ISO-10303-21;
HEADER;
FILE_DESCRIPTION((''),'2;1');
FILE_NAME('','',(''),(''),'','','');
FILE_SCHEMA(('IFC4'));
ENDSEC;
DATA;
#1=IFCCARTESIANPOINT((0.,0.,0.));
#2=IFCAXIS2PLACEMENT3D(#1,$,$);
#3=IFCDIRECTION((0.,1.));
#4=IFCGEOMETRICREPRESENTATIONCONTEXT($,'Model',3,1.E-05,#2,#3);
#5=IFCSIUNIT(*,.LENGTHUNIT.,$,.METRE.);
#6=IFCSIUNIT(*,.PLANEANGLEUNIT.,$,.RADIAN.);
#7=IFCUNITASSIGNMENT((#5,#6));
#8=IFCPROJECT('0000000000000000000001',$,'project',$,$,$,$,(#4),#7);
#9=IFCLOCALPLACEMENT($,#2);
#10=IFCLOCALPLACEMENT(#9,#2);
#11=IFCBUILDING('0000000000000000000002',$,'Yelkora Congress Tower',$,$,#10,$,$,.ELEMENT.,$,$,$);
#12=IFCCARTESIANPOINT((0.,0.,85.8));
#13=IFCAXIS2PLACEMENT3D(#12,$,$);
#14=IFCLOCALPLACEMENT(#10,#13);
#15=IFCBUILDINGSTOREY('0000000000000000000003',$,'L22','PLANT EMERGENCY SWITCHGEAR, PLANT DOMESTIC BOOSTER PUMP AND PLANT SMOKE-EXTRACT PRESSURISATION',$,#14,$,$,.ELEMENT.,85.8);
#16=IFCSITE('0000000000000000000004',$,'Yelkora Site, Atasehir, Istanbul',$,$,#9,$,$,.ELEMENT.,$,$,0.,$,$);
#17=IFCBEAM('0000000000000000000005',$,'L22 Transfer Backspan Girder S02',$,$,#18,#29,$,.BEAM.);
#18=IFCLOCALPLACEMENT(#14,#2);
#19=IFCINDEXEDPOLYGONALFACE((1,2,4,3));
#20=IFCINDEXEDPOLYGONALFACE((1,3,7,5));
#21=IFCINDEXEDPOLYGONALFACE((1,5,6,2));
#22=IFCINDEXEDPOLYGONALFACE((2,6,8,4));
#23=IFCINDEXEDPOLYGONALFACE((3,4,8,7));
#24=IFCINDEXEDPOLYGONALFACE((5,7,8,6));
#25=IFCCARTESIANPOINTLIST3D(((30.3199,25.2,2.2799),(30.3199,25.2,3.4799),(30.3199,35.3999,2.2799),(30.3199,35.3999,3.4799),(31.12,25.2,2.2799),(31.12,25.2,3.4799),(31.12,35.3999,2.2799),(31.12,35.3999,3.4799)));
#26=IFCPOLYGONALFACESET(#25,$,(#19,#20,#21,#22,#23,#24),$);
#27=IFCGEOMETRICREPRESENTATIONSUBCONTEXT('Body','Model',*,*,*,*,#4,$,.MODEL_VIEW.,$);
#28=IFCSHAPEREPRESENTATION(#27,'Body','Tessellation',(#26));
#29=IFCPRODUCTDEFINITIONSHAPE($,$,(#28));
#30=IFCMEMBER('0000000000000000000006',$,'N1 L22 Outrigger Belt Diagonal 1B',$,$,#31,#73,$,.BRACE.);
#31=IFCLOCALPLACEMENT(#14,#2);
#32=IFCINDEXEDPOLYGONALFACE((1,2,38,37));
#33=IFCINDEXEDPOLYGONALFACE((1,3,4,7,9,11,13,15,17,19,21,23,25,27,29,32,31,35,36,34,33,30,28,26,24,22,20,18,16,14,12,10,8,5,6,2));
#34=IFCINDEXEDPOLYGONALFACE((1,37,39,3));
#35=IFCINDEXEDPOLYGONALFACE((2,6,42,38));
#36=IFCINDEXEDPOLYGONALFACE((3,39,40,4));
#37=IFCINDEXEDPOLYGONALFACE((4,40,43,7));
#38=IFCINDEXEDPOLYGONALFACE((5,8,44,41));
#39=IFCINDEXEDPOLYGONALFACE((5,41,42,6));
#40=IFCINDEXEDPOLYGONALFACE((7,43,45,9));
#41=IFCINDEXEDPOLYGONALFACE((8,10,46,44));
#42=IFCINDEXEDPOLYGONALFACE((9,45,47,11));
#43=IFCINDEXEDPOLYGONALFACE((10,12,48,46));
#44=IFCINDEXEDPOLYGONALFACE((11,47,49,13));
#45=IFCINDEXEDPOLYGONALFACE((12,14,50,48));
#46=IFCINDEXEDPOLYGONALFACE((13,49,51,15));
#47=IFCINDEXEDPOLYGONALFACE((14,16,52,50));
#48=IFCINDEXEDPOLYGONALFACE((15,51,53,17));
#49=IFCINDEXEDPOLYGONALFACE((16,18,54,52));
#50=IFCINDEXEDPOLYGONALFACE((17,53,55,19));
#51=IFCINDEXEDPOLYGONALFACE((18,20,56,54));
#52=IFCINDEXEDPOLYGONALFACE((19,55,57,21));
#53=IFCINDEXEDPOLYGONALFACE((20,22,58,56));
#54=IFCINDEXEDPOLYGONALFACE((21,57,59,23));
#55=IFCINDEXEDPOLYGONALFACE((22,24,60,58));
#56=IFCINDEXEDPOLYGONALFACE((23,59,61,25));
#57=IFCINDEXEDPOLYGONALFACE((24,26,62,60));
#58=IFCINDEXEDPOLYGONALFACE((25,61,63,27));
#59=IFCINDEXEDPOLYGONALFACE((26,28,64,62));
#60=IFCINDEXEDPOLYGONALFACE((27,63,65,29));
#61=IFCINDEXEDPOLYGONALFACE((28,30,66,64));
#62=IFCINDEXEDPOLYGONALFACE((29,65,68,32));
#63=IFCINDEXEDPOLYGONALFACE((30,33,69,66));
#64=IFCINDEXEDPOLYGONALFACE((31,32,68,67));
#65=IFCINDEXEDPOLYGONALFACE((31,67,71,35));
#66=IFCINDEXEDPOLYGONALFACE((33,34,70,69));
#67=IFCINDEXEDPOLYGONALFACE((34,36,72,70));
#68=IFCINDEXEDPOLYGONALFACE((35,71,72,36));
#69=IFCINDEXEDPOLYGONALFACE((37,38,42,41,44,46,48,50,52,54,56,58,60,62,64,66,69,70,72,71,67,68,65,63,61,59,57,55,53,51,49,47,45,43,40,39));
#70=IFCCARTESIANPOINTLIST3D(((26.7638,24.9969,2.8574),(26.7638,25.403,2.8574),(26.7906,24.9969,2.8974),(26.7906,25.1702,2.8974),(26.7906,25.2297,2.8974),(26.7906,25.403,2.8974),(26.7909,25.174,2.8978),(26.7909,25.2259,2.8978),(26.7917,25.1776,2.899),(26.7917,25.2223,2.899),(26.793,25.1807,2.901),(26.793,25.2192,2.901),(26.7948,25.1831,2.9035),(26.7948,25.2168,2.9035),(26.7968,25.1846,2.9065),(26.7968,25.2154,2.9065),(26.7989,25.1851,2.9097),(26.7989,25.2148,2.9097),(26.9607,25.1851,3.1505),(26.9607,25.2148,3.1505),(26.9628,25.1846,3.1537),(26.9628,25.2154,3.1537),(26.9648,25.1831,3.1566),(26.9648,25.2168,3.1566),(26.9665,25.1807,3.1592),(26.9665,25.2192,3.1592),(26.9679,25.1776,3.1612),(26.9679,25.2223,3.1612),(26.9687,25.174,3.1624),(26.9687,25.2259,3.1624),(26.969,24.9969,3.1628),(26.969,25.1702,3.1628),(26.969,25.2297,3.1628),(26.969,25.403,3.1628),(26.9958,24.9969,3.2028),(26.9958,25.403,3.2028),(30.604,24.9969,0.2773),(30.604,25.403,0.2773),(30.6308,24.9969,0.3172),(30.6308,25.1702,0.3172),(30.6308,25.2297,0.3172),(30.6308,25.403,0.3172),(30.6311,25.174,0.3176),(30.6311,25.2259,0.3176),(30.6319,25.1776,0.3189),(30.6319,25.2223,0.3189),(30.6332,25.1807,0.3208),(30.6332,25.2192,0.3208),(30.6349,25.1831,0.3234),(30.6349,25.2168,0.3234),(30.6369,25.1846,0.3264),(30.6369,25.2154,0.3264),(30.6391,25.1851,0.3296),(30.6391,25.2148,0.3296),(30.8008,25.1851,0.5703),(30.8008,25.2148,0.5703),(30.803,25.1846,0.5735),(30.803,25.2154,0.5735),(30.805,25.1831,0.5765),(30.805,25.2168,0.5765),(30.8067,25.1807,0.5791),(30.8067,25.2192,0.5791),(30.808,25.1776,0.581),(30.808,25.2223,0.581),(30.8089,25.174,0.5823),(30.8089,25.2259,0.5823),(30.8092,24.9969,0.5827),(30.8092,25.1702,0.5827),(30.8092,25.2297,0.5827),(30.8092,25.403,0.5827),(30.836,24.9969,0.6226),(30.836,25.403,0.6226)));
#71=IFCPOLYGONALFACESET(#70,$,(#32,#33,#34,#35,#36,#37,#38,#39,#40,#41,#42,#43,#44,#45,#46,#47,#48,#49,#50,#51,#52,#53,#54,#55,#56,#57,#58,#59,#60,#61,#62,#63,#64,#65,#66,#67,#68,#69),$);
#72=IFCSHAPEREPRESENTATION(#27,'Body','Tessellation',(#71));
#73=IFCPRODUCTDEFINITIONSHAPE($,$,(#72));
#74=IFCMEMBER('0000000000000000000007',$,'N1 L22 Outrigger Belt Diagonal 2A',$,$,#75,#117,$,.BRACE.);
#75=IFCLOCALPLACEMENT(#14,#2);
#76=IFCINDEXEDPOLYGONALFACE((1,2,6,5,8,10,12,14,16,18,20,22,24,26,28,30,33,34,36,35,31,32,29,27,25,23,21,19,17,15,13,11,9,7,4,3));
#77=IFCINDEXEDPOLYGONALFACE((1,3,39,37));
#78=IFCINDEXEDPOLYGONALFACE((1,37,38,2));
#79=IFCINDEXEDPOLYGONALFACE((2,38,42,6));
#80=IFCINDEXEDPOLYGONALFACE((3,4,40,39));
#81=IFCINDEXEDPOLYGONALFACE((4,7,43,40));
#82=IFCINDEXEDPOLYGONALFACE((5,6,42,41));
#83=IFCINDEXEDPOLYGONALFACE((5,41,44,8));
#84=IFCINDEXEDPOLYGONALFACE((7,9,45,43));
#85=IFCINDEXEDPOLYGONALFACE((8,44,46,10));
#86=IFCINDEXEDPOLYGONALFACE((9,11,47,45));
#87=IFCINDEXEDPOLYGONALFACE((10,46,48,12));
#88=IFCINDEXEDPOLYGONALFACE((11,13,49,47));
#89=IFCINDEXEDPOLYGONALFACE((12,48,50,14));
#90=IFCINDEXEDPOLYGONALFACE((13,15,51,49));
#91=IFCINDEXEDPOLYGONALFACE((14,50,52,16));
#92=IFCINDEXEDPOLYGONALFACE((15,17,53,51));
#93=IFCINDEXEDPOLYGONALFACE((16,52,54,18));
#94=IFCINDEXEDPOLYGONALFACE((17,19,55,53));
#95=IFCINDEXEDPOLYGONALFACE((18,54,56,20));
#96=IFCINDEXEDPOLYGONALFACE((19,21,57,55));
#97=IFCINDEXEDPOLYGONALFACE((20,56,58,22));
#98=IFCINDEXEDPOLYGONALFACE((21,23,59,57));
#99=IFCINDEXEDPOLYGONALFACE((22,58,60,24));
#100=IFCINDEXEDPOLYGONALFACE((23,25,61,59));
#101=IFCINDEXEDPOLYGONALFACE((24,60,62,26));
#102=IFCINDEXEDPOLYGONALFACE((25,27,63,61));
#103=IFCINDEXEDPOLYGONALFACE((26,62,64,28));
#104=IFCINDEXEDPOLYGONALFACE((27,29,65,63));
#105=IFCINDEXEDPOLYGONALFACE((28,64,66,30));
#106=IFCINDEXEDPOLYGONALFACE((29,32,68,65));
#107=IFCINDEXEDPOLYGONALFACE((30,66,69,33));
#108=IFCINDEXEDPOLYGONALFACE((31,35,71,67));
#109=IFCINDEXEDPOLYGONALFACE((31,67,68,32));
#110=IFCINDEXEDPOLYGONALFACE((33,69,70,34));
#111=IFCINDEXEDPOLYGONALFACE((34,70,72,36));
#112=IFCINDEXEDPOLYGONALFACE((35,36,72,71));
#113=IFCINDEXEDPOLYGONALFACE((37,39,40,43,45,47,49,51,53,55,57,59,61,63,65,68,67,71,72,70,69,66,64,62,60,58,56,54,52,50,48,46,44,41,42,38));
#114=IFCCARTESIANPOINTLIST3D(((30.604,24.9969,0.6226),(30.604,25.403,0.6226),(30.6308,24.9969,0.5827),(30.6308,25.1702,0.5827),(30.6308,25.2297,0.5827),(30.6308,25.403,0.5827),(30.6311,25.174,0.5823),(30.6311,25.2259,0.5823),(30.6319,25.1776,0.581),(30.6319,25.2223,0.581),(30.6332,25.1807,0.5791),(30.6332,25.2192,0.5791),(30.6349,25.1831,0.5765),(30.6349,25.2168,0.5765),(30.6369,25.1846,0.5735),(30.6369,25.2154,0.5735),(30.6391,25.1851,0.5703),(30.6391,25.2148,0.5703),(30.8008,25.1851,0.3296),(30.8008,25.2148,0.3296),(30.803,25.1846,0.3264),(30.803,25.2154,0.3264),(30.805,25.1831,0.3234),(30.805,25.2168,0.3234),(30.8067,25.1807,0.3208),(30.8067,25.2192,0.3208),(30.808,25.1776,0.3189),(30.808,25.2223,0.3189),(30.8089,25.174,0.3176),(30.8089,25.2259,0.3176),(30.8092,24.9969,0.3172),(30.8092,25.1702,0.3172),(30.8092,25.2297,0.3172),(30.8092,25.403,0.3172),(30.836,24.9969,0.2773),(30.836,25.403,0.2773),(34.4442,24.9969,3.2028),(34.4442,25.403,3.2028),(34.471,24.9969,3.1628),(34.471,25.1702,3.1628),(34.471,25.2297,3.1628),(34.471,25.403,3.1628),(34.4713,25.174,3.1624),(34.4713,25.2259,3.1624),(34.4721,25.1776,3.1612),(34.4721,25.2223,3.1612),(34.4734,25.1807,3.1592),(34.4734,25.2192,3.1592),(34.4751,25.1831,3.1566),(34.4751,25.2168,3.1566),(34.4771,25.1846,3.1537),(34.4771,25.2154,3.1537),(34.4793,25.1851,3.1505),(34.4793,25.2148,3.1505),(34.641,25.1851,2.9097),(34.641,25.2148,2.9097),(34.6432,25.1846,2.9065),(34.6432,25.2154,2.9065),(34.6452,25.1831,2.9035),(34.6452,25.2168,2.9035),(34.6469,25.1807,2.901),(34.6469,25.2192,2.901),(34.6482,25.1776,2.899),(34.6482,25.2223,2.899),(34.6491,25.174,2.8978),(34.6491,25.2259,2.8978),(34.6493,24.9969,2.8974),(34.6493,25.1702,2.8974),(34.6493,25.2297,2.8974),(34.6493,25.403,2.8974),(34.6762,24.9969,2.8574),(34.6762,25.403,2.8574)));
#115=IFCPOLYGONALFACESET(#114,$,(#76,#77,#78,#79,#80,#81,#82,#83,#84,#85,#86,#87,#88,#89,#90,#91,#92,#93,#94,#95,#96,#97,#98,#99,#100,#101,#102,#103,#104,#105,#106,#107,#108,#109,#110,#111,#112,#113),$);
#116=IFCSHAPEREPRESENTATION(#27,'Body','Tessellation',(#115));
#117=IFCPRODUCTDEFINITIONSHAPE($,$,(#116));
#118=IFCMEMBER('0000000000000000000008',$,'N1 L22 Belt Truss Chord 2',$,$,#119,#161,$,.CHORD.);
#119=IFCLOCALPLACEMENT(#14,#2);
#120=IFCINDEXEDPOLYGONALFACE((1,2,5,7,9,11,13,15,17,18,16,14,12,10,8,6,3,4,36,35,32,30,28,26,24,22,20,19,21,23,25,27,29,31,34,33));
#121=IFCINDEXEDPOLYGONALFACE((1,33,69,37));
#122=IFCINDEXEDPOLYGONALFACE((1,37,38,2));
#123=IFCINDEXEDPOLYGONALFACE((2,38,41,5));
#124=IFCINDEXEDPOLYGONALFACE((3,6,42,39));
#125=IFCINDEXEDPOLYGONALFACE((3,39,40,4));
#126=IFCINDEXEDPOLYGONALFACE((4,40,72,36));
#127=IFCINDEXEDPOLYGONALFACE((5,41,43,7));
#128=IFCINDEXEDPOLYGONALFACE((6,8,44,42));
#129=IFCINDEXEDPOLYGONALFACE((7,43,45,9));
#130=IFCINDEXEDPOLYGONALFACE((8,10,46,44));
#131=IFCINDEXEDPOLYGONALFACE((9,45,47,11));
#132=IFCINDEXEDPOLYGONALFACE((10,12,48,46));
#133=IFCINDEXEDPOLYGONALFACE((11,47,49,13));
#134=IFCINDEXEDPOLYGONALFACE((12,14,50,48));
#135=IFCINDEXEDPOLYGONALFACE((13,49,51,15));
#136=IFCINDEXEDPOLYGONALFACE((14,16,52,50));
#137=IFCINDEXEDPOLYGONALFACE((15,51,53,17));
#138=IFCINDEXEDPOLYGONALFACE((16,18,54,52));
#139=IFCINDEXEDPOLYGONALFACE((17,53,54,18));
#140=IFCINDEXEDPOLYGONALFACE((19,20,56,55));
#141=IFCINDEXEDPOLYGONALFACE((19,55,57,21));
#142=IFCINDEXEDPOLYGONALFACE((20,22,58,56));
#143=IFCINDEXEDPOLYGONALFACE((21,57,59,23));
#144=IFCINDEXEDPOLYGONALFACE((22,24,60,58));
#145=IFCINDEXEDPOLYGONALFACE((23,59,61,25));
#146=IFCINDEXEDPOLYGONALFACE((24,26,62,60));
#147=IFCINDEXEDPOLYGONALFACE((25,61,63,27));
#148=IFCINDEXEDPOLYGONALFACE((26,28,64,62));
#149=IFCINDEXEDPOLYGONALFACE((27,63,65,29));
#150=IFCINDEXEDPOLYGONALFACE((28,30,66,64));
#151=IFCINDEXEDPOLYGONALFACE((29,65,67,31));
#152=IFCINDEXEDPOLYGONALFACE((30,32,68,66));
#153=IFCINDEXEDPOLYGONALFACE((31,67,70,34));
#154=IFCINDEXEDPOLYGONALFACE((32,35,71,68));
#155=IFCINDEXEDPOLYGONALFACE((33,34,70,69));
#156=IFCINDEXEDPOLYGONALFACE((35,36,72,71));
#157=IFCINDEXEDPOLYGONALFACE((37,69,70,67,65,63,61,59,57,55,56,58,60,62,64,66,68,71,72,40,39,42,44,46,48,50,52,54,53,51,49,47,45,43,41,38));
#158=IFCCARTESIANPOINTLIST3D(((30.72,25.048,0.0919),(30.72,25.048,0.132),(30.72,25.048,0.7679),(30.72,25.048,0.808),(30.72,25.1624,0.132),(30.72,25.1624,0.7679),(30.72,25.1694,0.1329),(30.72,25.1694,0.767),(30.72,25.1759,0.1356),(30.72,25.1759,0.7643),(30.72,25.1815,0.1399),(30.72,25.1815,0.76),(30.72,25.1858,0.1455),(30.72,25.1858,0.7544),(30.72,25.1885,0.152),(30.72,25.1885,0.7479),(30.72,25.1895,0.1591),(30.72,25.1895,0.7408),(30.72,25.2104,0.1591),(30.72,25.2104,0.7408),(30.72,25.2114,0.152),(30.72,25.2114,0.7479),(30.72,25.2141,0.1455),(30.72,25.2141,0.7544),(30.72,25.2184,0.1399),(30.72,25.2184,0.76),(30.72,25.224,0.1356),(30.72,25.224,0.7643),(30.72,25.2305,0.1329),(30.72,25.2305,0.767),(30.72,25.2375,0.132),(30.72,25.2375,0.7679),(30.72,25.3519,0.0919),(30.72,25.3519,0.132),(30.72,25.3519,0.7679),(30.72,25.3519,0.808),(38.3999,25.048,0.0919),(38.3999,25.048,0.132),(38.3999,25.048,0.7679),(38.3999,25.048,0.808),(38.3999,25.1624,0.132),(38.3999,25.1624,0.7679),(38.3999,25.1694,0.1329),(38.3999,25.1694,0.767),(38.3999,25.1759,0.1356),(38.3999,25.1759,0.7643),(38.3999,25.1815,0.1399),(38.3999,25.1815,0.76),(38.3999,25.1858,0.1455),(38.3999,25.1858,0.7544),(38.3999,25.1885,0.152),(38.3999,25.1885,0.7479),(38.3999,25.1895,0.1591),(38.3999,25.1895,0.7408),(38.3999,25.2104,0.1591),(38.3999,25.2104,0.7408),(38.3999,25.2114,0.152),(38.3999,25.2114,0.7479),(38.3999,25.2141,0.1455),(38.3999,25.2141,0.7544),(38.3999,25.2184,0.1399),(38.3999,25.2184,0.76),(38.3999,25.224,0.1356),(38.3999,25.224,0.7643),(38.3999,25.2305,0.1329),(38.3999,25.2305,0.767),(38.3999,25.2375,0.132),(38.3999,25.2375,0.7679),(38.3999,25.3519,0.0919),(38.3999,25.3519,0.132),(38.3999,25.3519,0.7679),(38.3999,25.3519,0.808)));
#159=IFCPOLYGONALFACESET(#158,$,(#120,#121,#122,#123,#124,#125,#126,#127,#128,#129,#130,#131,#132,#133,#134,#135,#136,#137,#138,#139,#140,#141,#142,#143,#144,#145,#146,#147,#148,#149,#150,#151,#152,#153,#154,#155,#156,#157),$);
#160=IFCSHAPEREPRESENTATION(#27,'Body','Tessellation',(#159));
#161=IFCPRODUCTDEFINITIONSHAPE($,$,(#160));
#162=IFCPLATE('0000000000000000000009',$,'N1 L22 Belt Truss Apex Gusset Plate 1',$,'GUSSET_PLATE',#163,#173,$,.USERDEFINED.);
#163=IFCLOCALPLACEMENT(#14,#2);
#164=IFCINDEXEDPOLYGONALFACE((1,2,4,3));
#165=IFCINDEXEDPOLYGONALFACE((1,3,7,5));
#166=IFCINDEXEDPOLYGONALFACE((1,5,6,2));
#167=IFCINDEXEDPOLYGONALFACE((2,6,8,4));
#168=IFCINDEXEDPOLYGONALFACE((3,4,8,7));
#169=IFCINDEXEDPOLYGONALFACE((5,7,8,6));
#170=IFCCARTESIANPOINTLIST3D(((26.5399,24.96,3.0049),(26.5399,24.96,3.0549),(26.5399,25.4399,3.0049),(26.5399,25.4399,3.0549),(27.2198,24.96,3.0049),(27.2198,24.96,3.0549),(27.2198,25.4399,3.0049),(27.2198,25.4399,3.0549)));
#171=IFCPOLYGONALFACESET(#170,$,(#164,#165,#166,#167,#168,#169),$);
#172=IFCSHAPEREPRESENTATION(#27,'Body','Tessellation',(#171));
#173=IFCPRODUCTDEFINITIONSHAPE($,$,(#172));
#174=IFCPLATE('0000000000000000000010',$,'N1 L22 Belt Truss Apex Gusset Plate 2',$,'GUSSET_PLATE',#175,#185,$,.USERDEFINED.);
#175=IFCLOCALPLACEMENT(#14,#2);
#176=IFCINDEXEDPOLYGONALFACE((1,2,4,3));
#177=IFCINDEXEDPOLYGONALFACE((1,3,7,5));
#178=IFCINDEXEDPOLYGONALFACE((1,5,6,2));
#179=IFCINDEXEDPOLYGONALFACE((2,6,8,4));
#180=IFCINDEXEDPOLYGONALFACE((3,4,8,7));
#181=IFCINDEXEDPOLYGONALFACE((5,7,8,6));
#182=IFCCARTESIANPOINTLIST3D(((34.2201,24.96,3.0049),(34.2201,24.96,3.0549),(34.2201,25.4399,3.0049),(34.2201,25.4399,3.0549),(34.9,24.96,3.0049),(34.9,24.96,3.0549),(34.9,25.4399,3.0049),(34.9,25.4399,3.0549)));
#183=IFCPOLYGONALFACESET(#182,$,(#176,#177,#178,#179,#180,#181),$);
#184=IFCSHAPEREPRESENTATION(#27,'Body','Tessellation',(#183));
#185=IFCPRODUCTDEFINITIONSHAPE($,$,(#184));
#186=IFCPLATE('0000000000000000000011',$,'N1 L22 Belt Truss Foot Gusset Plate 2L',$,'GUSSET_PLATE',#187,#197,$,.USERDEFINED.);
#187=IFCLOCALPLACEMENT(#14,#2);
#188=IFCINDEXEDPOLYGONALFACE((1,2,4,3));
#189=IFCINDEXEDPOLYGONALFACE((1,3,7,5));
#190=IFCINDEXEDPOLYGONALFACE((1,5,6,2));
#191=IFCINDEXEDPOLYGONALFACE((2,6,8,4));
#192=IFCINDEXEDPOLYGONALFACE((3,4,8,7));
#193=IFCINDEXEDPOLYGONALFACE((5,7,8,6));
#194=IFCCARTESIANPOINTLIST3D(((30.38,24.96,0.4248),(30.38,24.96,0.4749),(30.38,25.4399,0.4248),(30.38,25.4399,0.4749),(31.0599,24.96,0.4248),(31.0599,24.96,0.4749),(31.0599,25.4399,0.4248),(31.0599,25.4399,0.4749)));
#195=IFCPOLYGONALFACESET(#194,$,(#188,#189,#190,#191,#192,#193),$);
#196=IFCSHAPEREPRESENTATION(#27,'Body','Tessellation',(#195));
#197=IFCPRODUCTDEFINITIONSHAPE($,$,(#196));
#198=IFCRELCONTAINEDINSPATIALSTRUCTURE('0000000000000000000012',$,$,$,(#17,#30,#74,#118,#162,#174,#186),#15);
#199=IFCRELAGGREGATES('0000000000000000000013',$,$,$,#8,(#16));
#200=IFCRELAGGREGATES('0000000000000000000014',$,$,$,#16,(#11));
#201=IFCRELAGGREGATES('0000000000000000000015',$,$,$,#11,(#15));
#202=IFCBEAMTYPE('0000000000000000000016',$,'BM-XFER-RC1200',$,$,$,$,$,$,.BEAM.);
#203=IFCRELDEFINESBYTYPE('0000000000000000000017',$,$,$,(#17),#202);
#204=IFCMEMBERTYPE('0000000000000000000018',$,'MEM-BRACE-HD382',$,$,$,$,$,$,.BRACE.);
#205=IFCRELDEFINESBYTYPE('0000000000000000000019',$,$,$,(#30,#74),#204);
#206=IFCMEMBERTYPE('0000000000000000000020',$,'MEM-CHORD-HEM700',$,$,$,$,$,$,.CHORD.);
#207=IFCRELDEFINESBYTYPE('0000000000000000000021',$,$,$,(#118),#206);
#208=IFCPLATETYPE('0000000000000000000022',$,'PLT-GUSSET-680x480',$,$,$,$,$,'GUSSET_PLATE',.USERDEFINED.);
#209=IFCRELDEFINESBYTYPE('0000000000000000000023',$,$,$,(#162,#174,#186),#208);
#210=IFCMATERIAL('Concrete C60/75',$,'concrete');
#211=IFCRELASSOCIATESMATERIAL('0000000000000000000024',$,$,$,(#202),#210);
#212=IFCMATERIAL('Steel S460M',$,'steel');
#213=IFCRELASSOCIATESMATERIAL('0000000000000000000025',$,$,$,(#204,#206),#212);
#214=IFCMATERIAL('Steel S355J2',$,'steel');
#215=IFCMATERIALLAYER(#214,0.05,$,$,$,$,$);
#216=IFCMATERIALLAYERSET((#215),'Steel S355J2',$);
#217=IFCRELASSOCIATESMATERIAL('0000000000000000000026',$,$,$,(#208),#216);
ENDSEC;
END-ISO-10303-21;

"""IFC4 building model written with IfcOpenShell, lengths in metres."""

from ifc_helpers import new_model, si_unit, direction, frame, origin, origin_2d, place, context, subcontext, project, spatial, rectangle, i_section, extrude, material, layer, layer_set, material_profile, profile_set, type_object, element, save


model = new_model("IFC4")

# Units and contexts
model_context = context("Model", 3, precision=1e-05, world=origin(), true_north=direction((0.0, 1.0)))
body_context = subcontext(model_context, "Body", "Model", "MODEL_VIEW")
ifc_project = project(units=[si_unit("LENGTHUNIT", "METRE"), si_unit("PLANEANGLEUNIT", "RADIAN")], contexts=[model_context])

# Site, building, storey
site_placement = place(None, origin())
site = spatial("IfcSite", under=ifc_project, at=site_placement, Name="Yelkora Site, Atasehir, Istanbul", CompositionType="ELEMENT", RefElevation=0.0)
building_placement = place(site_placement, origin())
building = spatial("IfcBuilding", under=site, at=building_placement, Name="Yelkora Congress Tower", CompositionType="ELEMENT")
storey_placement = place(building_placement, frame((0.0, 0.0, 85.8)))
storey = spatial("IfcBuildingStorey", under=building, at=storey_placement, Name="L22", Description="PLANT EMERGENCY SWITCHGEAR, PLANT DOMESTIC BOOSTER PUMP AND PLANT SMOKE-EXTRACT PRESSURISATION", CompositionType="ELEMENT", Elevation=85.8)

# Shared definitions
ifc_material_1 = material(Name="Concrete C60/75", Category="concrete")

# Beam
ifc_material_2 = material(Name="Steel S460M", Category="steel")
ifc_material_profile_1 = material_profile(ifc_material_1, rectangle(XDim=0.8, YDim=1.2, at=origin_2d()), Name="RC 800x1200")
ifc_profile_set_1 = profile_set([ifc_material_profile_1], Name="Concrete C60/75")
beam_type_1 = type_object("IfcBeamType", Name="BM-XFER-RC1200", PredefinedType="BEAM", material=ifc_profile_set_1)
beam_1_placement = place(storey_placement, frame((30.72, 35.3999, 2.8799), z_axis=(0.0, -1.0, 0.0), x_axis=(1.0, 0.0, 0.0)))
element("IfcBeam", 1, at=beam_1_placement, inside=storey, type_object=beam_type_1, Name="L22 Transfer Backspan Girder S02", PredefinedType="BEAM", context=body_context, shape_type="SweptSolid", body=[
    extrude(rectangle(XDim=0.8, YDim=1.2, at=origin_2d()), origin(), (0.0, 0.0, 1.0), 10.2),
])

# Members
ifc_material_profile_2 = material_profile(ifc_material_2, i_section(OverallWidth=0.406, OverallDepth=0.416, WebThickness=0.0298, FlangeThickness=0.0481, FilletRadius=0.0149, at=origin_2d()), Name="HD 400x382")
ifc_profile_set_2 = profile_set([ifc_material_profile_2], Name="Steel S460M")
member_type_1 = type_object("IfcMemberType", Name="MEM-BRACE-HD382", PredefinedType="BRACE", material=ifc_profile_set_2)
for number, where, z_axis, x_axis, name in (
    (2, (30.72, 25.2, 0.45), (-0.830048, 0.0, 0.557692), (0.0, -1.0, 0.0), "N1 L22 Outrigger Belt Diagonal 1B"),
    (3, (30.72, 25.2, 0.45), (0.830048, 0.0, 0.557692), (0.0, 1.0, 0.0), "N1 L22 Outrigger Belt Diagonal 2A"),
):
    element("IfcMember", number, at=place(storey_placement, frame(where, z_axis=z_axis, x_axis=x_axis)), inside=storey, type_object=member_type_1, Name=name, PredefinedType="BRACE", context=body_context, shape_type="SweptSolid", body=[
        extrude(i_section(OverallWidth=0.406, OverallDepth=0.416, WebThickness=0.0298, FlangeThickness=0.0481, FilletRadius=0.0149, at=origin_2d()), origin(), (0.0, 0.0, 1.0), 4.6265),
    ])
ifc_material_profile_3 = material_profile(ifc_material_2, i_section(OverallWidth=0.304, OverallDepth=0.7161, WebThickness=0.021, FlangeThickness=0.04, FilletRadius=0.0271, at=origin_2d()), Name="HEM 700")
ifc_profile_set_3 = profile_set([ifc_material_profile_3], Name="Steel S460M")
member_type_2 = type_object("IfcMemberType", Name="MEM-CHORD-HEM700", PredefinedType="CHORD", material=ifc_profile_set_3)
member_placement = place(storey_placement, frame((30.72, 25.2, 0.45), z_axis=(1.0, 0.0, 0.0), x_axis=(0.0, 1.0, 0.0)))
element("IfcMember", 4, at=member_placement, inside=storey, type_object=member_type_2, Name="N1 L22 Belt Truss Chord 2", PredefinedType="CHORD", context=body_context, shape_type="SweptSolid", body=[
    extrude(i_section(OverallWidth=0.304, OverallDepth=0.7161, WebThickness=0.021, FlangeThickness=0.04, FilletRadius=0.0271, at=origin_2d()), origin(), (0.0, 0.0, 1.0), 7.6799),
])

# Plates
ifc_material_3 = material(Name="Steel S355J2", Category="steel")
ifc_layer_1 = layer(ifc_material_3, 0.05)
ifc_layer_set_1 = layer_set([ifc_layer_1], Name="Steel S355J2")
plate_type_1 = type_object("IfcPlateType", Name="PLT-GUSSET-680x480", ElementType="GUSSET_PLATE", PredefinedType="USERDEFINED", material=ifc_layer_set_1)
for number, where, z_axis, x_axis, name in (
    (5, (26.8799, 25.2, 3.0049), (0.0, 0.0, 1.0), (1.0, 0.0, 0.0), "N1 L22 Belt Truss Apex Gusset Plate 1"),
    (6, (34.5601, 25.2, 3.0049), (0.0, 0.0, 1.0), (1.0, 0.0, 0.0), "N1 L22 Belt Truss Apex Gusset Plate 2"),
    (7, (30.72, 25.2, 0.4248), (0.0, 0.0, 1.0), (1.0, 0.0, 0.0), "N1 L22 Belt Truss Foot Gusset Plate 2L"),
):
    element("IfcPlate", number, at=place(storey_placement, frame(where, z_axis=z_axis, x_axis=x_axis)), inside=storey, type_object=plate_type_1, Name=name, ObjectType="GUSSET_PLATE", PredefinedType="USERDEFINED", context=body_context, shape_type="SweptSolid", body=[
        extrude(rectangle(XDim=0.6799, YDim=0.48, at=origin_2d()), origin(), (0.0, 0.0, 1.0), 0.05),
    ])

save(model, "model.ifc")
